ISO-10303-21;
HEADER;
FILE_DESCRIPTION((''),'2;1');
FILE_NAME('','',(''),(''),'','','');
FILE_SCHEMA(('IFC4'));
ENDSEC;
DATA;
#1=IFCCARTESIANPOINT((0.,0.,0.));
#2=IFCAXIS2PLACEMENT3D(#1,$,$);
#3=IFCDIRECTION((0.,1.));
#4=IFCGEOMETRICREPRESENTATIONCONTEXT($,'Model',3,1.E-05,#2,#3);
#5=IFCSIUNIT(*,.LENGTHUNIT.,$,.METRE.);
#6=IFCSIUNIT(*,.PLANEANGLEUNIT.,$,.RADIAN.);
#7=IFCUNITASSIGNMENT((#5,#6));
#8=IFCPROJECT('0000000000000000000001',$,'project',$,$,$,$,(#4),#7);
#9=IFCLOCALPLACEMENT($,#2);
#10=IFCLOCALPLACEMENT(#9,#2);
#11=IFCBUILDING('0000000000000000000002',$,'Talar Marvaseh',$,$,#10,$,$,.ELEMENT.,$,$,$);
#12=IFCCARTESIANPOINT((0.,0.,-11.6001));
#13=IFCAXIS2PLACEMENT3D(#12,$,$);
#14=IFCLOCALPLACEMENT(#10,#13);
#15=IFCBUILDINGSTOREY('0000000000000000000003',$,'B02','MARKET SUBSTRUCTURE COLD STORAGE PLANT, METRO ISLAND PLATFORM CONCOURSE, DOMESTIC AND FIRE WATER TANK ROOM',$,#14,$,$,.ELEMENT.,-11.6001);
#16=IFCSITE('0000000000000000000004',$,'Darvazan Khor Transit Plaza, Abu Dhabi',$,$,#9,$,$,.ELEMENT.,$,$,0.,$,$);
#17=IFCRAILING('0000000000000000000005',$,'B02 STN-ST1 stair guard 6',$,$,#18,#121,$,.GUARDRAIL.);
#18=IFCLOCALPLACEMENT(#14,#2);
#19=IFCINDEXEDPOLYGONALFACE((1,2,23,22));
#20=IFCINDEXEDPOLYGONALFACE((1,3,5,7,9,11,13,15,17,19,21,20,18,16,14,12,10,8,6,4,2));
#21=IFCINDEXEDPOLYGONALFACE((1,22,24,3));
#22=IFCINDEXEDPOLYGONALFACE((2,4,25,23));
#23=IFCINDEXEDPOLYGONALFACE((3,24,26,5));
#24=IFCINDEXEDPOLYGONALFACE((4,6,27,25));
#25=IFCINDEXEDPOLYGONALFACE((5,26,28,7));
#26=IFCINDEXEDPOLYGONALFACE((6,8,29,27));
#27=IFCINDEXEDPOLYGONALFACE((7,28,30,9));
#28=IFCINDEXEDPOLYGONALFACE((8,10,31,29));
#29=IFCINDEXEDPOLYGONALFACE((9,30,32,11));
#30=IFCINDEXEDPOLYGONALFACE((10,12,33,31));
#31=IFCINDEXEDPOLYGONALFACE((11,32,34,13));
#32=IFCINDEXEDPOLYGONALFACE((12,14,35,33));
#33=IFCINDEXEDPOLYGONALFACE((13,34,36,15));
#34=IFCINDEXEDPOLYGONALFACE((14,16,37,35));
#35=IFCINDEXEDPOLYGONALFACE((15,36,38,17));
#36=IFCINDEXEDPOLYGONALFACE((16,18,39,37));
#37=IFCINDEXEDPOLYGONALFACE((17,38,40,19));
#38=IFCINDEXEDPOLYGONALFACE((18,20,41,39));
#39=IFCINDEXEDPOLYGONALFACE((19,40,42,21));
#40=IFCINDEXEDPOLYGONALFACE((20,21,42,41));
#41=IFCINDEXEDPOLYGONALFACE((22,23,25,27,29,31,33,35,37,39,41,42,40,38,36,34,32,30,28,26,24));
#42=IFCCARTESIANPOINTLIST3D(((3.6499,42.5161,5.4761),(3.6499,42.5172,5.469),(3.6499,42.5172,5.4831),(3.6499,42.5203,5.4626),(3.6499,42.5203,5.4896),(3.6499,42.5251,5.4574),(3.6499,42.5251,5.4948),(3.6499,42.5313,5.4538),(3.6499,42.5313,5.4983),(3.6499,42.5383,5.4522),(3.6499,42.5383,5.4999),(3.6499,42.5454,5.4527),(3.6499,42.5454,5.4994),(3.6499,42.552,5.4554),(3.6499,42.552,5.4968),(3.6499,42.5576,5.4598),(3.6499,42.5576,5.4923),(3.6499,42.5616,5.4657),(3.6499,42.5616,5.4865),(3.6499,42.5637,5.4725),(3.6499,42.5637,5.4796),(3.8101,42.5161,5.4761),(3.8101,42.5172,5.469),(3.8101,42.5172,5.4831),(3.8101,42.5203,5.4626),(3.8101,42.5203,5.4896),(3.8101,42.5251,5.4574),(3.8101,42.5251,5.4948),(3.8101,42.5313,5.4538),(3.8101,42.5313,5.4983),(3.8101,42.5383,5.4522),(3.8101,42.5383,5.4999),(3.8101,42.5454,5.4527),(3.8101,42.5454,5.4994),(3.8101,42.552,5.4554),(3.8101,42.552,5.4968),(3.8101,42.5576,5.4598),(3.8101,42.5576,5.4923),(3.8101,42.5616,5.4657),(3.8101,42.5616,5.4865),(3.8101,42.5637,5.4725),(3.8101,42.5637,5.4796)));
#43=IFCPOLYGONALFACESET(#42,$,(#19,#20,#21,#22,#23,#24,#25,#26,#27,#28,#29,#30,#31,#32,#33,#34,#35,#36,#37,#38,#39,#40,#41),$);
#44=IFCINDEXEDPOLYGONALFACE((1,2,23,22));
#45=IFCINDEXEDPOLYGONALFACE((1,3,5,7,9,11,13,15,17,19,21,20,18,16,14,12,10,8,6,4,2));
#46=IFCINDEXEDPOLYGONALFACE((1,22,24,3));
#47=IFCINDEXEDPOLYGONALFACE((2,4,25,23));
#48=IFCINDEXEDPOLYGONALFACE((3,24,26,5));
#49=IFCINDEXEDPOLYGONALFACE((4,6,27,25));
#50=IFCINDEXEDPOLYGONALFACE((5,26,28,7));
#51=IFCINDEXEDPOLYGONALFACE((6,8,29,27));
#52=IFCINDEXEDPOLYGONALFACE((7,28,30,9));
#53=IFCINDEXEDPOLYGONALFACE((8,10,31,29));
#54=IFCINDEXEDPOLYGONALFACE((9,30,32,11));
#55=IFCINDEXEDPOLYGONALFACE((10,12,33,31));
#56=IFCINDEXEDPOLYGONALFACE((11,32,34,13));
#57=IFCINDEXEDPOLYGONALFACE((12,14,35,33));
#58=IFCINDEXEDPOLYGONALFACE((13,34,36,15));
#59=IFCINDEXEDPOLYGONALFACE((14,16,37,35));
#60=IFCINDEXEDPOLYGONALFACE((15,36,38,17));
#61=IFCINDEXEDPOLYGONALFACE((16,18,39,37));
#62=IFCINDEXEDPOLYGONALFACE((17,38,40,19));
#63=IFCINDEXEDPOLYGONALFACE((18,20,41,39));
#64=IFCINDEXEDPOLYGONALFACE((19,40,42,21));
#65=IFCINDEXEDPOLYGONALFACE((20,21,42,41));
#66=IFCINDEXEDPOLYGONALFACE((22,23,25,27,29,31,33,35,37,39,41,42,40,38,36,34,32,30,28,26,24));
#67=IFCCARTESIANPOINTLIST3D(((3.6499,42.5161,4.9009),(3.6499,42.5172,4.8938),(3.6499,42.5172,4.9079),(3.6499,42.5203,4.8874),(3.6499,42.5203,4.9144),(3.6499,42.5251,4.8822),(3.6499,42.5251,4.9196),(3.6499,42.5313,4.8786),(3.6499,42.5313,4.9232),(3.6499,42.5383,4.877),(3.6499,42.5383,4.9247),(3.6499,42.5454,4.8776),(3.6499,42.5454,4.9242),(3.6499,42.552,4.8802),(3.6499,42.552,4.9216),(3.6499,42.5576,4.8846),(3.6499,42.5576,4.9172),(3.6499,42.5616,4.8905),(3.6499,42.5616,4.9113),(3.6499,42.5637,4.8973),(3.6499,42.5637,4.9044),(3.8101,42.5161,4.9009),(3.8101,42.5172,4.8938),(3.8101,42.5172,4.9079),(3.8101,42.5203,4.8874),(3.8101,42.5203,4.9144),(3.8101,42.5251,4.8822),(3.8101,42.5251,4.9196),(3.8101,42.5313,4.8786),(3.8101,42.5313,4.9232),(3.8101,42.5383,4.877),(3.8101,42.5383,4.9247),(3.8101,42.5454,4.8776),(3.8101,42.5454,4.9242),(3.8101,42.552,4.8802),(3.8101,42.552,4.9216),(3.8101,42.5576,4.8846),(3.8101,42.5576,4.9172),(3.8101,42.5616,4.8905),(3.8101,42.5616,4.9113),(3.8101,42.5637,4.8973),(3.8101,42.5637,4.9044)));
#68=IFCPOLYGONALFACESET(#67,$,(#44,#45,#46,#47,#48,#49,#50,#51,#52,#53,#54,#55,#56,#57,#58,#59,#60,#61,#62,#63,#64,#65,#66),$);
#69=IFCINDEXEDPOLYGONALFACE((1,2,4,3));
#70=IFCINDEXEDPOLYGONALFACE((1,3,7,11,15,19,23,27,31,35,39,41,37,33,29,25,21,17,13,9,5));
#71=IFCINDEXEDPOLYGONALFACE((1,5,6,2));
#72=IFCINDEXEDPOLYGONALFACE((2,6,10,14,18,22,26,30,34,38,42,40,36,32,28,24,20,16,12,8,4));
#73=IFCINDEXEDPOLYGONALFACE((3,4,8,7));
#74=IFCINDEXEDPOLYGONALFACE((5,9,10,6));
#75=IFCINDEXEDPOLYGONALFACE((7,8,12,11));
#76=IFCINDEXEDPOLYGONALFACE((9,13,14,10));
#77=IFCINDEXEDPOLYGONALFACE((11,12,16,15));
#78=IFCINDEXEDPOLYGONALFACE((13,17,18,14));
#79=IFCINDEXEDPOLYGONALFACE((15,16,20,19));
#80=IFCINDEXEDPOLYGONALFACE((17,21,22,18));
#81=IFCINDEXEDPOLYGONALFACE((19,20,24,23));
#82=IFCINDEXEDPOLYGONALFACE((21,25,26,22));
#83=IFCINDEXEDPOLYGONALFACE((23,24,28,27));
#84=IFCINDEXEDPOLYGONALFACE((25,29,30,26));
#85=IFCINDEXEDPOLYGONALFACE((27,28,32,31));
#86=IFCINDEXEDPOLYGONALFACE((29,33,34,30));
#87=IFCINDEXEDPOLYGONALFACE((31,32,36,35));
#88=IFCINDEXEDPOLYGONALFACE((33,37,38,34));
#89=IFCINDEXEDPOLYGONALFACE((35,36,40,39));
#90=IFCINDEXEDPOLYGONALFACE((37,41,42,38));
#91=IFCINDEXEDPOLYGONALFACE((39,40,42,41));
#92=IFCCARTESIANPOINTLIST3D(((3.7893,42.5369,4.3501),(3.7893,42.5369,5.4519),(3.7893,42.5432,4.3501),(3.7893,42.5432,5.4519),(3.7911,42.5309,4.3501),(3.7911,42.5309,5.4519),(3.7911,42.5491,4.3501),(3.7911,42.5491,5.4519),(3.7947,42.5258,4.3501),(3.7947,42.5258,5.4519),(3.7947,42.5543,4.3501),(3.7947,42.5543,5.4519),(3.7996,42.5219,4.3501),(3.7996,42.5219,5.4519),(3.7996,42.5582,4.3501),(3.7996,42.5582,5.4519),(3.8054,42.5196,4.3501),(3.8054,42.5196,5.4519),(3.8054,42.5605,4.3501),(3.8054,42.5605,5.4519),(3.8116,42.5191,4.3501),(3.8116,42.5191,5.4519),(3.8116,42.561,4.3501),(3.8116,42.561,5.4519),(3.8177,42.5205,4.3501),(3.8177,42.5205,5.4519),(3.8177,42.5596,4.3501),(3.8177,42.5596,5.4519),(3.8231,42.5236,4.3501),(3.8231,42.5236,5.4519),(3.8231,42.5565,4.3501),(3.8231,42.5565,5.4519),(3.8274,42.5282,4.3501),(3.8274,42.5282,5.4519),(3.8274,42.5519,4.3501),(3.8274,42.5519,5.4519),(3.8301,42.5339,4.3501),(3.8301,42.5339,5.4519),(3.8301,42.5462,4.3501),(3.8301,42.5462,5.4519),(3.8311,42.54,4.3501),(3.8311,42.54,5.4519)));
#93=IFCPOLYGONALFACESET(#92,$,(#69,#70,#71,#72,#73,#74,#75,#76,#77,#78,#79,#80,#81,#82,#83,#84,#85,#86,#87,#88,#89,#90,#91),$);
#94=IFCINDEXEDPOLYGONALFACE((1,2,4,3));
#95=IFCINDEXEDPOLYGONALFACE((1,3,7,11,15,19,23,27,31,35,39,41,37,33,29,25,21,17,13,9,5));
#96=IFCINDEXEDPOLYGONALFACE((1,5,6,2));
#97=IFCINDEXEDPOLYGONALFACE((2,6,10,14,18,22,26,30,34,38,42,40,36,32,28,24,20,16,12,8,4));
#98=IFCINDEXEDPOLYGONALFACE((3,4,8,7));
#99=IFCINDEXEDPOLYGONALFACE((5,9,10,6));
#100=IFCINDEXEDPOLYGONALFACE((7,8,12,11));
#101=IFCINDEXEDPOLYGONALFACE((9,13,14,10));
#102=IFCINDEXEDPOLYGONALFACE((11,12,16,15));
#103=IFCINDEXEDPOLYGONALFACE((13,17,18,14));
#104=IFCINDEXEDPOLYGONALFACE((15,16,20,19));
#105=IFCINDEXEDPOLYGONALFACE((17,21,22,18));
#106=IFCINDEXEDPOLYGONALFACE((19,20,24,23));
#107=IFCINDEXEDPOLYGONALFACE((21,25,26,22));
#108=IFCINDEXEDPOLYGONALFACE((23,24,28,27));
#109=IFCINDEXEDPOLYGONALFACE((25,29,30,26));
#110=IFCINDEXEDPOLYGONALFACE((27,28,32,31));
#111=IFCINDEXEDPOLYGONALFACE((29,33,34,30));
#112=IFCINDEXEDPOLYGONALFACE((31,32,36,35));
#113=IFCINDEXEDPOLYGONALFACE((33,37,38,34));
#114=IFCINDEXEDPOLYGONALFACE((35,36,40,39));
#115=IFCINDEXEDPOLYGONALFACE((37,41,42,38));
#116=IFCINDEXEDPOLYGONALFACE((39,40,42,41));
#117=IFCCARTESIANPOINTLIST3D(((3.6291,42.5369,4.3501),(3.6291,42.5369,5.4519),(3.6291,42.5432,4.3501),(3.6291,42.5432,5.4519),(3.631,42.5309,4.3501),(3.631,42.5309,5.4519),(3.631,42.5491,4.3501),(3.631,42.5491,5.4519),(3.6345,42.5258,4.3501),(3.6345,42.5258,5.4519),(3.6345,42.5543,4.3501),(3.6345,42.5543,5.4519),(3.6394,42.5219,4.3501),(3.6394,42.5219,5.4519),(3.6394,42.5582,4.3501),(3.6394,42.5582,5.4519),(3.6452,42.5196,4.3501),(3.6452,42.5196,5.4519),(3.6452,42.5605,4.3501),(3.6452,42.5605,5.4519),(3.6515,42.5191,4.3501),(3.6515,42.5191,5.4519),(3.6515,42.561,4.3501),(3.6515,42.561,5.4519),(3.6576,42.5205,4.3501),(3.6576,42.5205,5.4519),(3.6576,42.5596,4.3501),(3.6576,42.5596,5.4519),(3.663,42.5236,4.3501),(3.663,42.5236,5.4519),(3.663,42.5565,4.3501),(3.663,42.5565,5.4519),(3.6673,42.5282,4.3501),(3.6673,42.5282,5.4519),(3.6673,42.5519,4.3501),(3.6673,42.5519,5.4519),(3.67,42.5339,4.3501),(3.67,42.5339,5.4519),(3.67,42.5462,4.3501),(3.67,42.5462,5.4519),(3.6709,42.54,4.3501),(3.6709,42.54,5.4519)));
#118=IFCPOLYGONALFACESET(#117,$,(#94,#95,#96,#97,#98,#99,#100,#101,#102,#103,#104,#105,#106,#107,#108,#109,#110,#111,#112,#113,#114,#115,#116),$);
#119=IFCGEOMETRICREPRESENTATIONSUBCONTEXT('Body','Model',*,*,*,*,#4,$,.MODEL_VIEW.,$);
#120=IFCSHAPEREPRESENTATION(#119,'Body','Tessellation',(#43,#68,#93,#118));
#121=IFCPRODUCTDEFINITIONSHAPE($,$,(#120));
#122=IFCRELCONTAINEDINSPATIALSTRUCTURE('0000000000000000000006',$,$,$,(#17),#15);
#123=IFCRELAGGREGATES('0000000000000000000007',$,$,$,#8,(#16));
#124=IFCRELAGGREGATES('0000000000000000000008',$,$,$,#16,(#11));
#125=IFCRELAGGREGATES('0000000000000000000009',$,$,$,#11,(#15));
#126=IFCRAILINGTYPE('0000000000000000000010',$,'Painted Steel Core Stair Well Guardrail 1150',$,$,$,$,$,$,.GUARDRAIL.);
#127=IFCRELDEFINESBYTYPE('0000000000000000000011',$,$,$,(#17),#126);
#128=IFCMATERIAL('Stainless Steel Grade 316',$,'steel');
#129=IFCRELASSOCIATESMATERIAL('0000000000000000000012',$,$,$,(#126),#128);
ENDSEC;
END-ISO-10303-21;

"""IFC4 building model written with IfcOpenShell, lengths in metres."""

from ifc_helpers import new_model, si_unit, direction, frame, origin, origin_2d, place, context, subcontext, project, spatial, circle, extrude, material, type_object, element, save


model = new_model("IFC4")

# Units and contexts
model_context = context("Model", 3, precision=1e-05, world=origin(), true_north=direction((0.0, 1.0)))
body_context = subcontext(model_context, "Body", "Model", "MODEL_VIEW")
ifc_project = project(units=[si_unit("LENGTHUNIT", "METRE"), si_unit("PLANEANGLEUNIT", "RADIAN")], contexts=[model_context])

# Site, building, storey
site_placement = place(None, origin())
site = spatial("IfcSite", under=ifc_project, at=site_placement, Name="Darvazan Khor Transit Plaza, Abu Dhabi", CompositionType="ELEMENT", RefElevation=0.0)
building_placement = place(site_placement, origin())
building = spatial("IfcBuilding", under=site, at=building_placement, Name="Talar Marvaseh", CompositionType="ELEMENT")
storey_placement = place(building_placement, frame((0.0, 0.0, -11.6001)))
storey = spatial("IfcBuildingStorey", under=building, at=storey_placement, Name="B02", Description="MARKET SUBSTRUCTURE COLD STORAGE PLANT, METRO ISLAND PLATFORM CONCOURSE, DOMESTIC AND FIRE WATER TANK ROOM", CompositionType="ELEMENT", Elevation=-11.6001)

# Railing
ifc_material_1 = material(Name="Stainless Steel Grade 316", Category="steel")
railing_type_1 = type_object("IfcRailingType", Name="Painted Steel Core Stair Well Guardrail 1150", PredefinedType="GUARDRAIL", material=ifc_material_1)
railing_1_placement = place(storey_placement, frame((3.8101, 42.54, 4.3501)))
element("IfcRailing", 1, at=railing_1_placement, inside=storey, type_object=railing_type_1, Name="B02 STN-ST1 stair guard 6", PredefinedType="GUARDRAIL", context=body_context, shape_type="SweptSolid", body=[
    extrude(circle(Radius=0.0239, at=origin_2d()), frame((0.0, 0.0, 1.126), z_axis=(-1.0, 0.0, 0.0), x_axis=(0.0, -1.0, 0.0)), (0.0, 0.0, 1.0), 0.1602),
    extrude(circle(Radius=0.0239, at=origin_2d()), frame((0.0, 0.0, 0.5508), z_axis=(-1.0, 0.0, 0.0), x_axis=(0.0, -1.0, 0.0)), (0.0, 0.0, 1.0), 0.1602),
    extrude(circle(Radius=0.021, at=origin_2d()), origin(), (0.0, 0.0, 1.0), 1.1018),
    extrude(circle(Radius=0.021, at=origin_2d()), frame((-0.1602, 0.0, 0.0)), (0.0, 0.0, 1.0), 1.1018),
])

save(model, "model.ifc")
